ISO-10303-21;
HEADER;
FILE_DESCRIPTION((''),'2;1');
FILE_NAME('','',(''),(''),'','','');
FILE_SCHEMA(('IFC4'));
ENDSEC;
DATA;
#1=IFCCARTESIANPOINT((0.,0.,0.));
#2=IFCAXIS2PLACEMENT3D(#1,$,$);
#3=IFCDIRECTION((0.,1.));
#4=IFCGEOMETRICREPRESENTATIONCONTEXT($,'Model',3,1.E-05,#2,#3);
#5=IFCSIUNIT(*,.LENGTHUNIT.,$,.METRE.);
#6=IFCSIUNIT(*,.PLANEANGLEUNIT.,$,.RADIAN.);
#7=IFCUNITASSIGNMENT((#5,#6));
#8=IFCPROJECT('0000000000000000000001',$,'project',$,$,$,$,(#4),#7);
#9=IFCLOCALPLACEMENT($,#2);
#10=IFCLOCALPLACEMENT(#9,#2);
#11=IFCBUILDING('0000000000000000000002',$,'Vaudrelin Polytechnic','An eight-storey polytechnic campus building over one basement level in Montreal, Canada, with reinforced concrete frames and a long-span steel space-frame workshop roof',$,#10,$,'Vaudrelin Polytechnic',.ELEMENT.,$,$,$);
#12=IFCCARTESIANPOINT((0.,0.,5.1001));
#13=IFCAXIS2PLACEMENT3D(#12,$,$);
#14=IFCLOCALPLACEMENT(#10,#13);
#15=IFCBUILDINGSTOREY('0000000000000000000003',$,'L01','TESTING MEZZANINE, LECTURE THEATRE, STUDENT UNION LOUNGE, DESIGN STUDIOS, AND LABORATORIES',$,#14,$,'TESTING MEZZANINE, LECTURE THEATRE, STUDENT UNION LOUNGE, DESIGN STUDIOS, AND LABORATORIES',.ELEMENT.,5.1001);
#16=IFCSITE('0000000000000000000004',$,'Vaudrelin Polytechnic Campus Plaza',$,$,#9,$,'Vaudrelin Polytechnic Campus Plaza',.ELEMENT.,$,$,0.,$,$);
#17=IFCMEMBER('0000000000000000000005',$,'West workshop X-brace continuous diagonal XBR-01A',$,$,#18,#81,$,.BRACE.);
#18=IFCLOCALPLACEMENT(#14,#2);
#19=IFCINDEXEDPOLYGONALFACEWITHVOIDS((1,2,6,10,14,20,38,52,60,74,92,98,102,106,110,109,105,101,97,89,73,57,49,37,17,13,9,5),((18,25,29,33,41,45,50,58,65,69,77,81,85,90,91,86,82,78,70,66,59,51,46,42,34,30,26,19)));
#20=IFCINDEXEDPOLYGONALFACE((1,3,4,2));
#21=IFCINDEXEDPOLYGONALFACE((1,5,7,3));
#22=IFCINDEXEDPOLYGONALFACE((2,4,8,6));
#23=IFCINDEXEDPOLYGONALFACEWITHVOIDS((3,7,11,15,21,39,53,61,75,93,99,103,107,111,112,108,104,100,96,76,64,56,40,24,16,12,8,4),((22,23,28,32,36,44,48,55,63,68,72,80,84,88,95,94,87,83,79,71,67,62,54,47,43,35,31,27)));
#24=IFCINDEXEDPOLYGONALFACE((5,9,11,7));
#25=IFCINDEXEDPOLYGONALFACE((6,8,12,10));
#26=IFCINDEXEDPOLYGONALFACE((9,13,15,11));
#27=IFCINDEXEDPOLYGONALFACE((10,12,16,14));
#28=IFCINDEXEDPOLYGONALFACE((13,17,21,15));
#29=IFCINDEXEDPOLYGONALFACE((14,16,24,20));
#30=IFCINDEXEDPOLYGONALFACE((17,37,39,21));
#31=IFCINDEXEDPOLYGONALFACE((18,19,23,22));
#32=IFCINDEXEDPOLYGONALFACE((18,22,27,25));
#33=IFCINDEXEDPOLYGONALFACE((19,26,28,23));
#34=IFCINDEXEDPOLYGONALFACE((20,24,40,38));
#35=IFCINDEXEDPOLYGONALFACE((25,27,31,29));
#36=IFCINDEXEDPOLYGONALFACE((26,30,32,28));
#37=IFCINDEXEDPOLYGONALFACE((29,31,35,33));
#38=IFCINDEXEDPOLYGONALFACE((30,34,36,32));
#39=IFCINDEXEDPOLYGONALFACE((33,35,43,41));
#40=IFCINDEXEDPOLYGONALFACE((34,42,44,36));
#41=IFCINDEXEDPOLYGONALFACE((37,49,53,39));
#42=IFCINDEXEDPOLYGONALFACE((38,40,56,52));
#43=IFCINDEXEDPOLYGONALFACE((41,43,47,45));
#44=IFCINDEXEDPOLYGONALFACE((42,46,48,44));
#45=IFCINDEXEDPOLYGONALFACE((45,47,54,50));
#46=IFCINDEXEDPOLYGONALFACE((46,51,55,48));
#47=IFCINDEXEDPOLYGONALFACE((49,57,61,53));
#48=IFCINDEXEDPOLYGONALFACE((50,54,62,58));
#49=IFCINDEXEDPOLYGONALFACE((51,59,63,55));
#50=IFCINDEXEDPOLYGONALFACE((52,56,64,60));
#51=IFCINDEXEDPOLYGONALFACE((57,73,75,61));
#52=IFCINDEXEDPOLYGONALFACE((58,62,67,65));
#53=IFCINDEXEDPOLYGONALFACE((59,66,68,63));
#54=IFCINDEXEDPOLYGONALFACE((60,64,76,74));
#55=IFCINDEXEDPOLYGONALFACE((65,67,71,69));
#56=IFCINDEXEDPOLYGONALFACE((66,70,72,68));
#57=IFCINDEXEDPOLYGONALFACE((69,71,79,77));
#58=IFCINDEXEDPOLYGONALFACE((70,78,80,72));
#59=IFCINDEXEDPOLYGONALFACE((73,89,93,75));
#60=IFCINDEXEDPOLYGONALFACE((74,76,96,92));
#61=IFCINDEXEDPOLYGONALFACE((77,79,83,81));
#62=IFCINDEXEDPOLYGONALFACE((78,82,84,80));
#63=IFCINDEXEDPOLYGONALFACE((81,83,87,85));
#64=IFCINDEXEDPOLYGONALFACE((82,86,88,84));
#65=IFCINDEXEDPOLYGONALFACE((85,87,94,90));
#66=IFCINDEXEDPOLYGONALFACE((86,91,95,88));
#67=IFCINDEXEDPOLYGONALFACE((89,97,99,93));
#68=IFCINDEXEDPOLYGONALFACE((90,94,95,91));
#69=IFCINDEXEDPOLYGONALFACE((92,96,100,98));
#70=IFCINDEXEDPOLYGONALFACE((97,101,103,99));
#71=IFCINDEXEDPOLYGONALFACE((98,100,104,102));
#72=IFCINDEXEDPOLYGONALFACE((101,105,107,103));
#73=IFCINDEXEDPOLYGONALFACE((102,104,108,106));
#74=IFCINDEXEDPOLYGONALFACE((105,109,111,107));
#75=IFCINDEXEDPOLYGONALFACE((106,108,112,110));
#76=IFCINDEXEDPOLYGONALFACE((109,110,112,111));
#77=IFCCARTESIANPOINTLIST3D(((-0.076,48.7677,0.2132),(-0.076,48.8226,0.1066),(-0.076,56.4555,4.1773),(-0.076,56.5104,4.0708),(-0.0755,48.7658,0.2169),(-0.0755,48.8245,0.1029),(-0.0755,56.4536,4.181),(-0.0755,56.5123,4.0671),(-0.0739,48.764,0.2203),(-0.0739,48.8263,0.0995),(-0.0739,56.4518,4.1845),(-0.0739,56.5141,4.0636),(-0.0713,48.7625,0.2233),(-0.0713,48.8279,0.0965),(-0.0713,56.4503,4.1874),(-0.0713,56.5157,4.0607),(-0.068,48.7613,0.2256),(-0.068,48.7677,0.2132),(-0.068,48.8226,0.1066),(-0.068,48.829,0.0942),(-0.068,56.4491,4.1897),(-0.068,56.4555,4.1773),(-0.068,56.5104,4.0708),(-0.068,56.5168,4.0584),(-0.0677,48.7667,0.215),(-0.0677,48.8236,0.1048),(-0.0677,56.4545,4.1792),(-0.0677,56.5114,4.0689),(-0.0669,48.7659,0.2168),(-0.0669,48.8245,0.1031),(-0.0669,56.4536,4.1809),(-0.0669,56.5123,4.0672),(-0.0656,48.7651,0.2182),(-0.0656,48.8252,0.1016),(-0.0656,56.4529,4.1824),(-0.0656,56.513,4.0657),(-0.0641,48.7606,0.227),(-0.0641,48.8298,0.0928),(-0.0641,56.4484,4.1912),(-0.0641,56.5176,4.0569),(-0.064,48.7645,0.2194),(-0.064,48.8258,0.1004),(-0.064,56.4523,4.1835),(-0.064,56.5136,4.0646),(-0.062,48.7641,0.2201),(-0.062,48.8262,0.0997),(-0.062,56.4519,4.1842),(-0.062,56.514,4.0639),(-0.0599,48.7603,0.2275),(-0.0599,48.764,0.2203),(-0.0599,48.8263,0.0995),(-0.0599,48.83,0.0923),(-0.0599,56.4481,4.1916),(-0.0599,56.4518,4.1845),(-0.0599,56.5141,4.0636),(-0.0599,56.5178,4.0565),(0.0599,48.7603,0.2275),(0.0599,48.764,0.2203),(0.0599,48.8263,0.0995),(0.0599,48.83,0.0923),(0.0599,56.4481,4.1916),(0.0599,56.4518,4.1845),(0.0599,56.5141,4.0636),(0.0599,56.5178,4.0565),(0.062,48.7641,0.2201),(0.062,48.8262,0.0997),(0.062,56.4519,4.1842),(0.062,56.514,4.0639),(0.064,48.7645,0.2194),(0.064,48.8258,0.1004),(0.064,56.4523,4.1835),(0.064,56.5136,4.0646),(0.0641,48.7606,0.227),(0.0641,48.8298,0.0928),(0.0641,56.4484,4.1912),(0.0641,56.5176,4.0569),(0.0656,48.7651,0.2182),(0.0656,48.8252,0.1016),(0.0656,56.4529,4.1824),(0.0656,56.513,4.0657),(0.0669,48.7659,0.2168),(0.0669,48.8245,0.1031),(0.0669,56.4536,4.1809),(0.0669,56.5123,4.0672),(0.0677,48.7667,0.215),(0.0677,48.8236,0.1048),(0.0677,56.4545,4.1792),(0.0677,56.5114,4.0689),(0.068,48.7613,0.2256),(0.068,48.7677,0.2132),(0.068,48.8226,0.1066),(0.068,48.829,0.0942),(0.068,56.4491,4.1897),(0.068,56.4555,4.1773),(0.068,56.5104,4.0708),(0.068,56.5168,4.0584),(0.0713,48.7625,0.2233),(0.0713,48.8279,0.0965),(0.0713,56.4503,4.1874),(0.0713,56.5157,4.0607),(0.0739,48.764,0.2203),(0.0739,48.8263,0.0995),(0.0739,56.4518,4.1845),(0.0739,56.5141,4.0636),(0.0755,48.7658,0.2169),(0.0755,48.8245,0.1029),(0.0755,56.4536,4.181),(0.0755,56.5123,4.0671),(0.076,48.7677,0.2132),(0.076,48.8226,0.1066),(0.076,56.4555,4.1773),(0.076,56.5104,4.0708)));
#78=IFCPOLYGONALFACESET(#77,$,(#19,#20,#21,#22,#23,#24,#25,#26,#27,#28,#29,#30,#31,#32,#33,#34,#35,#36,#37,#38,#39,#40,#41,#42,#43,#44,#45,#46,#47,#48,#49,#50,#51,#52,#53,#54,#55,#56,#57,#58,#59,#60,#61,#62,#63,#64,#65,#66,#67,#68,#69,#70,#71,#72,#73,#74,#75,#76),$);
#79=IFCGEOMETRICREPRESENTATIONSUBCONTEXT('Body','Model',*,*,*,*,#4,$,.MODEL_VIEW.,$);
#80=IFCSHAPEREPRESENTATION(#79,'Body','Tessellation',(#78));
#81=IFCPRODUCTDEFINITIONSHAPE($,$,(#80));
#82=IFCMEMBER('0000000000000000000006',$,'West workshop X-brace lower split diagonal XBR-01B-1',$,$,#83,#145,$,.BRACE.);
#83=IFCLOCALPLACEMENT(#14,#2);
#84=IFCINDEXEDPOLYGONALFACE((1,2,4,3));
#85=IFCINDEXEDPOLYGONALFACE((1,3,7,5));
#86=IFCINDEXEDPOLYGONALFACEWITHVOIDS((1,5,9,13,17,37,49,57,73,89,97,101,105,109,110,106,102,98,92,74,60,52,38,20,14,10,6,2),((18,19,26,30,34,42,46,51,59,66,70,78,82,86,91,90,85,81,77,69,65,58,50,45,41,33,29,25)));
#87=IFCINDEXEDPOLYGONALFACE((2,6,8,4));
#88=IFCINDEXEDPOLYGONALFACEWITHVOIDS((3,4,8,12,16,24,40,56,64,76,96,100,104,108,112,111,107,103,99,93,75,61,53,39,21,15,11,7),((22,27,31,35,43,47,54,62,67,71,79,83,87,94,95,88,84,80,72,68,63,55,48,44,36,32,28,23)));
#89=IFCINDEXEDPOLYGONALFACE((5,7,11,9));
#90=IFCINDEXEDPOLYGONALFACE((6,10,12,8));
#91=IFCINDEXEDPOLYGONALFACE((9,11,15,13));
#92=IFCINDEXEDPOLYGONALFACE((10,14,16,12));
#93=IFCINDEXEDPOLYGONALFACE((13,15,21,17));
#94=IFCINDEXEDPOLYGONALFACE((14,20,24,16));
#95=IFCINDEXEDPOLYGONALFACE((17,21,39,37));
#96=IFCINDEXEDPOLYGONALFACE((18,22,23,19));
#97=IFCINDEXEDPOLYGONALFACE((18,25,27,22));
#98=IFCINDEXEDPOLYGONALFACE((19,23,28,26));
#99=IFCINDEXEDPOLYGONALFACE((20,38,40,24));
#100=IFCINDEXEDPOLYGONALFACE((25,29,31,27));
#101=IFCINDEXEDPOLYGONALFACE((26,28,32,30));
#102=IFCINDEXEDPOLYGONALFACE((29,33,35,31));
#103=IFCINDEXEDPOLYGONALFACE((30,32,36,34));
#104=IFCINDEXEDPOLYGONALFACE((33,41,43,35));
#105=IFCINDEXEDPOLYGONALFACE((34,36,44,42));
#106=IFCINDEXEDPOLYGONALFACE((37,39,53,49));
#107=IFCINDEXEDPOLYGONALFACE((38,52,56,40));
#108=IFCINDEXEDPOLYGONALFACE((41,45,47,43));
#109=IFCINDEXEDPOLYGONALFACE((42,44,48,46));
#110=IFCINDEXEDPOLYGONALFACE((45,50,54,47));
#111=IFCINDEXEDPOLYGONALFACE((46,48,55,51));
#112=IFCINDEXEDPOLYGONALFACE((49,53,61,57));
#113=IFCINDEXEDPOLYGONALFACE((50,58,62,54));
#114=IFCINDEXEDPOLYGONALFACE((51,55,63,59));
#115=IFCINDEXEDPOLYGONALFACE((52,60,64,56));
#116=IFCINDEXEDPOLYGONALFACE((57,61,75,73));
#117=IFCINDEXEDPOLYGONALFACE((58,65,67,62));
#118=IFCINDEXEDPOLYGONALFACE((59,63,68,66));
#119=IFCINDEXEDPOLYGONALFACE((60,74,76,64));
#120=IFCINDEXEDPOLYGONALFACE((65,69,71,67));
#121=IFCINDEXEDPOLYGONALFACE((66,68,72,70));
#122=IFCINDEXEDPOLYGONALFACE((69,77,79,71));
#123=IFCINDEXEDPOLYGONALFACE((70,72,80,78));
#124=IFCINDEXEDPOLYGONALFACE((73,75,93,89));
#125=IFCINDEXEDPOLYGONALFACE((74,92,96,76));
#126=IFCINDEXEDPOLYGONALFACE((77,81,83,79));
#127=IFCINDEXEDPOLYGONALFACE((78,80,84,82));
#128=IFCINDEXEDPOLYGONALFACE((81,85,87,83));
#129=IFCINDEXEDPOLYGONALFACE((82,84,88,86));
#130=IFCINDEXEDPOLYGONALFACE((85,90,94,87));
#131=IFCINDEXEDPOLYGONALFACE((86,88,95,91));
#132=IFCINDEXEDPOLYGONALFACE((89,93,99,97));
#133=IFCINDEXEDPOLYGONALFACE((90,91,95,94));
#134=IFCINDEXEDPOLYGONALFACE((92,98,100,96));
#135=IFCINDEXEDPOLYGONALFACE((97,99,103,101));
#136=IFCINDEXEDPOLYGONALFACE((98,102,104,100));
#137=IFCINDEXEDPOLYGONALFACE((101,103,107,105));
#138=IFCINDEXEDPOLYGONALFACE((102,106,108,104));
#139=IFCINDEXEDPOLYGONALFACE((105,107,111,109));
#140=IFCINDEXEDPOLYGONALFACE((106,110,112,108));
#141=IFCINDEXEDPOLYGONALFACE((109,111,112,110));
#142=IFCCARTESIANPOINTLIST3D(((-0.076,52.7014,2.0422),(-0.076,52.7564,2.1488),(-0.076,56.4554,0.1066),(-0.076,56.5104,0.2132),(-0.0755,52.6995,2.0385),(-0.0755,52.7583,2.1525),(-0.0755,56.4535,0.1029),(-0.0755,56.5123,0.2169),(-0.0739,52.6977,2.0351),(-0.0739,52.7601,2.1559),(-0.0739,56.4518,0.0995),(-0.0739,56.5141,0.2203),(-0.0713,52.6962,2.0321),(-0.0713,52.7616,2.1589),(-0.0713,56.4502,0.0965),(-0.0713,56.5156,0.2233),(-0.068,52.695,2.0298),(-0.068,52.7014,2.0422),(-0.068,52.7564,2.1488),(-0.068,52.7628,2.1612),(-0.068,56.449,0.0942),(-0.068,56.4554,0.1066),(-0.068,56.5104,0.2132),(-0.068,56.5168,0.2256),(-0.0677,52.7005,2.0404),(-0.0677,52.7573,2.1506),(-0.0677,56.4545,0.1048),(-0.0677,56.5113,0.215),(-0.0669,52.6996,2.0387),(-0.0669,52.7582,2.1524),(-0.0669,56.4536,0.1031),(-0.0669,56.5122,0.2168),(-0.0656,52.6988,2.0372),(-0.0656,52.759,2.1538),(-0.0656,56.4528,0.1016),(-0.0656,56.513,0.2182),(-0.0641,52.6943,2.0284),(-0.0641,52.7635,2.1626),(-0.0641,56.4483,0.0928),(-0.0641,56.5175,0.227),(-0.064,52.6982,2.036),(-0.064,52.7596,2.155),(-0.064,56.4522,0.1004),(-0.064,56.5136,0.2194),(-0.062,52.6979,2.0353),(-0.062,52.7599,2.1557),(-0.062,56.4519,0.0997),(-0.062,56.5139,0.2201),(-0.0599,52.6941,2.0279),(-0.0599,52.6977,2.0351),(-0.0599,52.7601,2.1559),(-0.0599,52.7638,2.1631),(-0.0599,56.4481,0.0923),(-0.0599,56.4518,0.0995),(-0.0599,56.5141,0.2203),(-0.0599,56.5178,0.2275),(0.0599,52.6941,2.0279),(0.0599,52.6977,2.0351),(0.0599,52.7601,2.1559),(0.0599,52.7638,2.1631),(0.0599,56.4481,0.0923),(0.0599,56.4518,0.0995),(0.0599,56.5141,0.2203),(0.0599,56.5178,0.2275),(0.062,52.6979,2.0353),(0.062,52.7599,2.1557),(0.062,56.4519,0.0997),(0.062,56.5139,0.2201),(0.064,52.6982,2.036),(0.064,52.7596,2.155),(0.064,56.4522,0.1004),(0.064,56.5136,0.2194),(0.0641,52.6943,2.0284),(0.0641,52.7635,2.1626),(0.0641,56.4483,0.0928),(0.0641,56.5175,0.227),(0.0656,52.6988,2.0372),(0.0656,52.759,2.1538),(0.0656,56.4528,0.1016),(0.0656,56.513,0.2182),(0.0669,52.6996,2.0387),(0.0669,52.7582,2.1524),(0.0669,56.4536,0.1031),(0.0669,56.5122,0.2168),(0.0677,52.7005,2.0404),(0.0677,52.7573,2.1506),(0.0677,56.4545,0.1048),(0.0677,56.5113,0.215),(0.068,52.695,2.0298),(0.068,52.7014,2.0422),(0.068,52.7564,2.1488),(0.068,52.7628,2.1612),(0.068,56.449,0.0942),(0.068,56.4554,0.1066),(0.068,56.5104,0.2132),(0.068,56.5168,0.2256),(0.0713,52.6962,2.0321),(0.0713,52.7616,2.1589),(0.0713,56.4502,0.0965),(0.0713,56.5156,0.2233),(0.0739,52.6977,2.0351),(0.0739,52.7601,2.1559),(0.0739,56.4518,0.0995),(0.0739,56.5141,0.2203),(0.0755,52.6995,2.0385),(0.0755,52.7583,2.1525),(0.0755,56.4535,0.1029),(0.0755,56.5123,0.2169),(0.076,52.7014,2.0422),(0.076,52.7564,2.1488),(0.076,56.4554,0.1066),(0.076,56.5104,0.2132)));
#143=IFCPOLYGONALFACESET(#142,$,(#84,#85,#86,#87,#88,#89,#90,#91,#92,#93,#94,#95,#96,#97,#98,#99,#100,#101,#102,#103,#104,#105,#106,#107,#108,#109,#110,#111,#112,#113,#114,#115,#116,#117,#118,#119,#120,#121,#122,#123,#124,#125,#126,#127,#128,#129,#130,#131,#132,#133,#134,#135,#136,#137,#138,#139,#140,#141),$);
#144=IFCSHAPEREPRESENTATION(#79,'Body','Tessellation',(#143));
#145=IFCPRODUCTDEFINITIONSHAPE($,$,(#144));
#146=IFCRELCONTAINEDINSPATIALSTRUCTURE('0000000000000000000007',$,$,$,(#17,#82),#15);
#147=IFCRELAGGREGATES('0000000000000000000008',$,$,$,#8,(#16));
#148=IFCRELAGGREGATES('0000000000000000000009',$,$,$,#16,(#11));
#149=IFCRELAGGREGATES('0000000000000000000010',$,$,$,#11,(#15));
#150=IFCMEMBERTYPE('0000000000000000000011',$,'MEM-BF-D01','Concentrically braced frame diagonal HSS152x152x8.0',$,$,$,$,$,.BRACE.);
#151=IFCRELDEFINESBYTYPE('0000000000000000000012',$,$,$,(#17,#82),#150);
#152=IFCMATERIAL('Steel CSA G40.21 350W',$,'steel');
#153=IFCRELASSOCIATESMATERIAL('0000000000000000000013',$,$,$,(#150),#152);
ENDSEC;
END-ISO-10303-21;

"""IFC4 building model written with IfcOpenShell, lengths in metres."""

from ifc_helpers import new_model, si_unit, direction, frame, origin, origin_2d, place, context, subcontext, project, spatial, hollow_rectangle, extrude, material, material_profile, profile_set, type_object, element, save


model = new_model("IFC4")

# Units and contexts
model_context = context("Model", 3, precision=1e-05, world=origin(), true_north=direction((0.0, 1.0)))
body_context = subcontext(model_context, "Body", "Model", "MODEL_VIEW")
ifc_project = project(units=[si_unit("LENGTHUNIT", "METRE"), si_unit("PLANEANGLEUNIT", "RADIAN")], contexts=[model_context])

# Site, building, storey
site_placement = place(None, origin())
site = spatial("IfcSite", under=ifc_project, at=site_placement, Name="Vaudrelin Polytechnic Campus Plaza", LongName="Vaudrelin Polytechnic Campus Plaza", CompositionType="ELEMENT", RefElevation=0.0)
building_placement = place(site_placement, origin())
building = spatial("IfcBuilding", under=site, at=building_placement, Name="Vaudrelin Polytechnic", Description="An eight-storey polytechnic campus building over one basement level in Montreal, Canada, with reinforced concrete frames and a long-span steel space-frame workshop roof", LongName="Vaudrelin Polytechnic", CompositionType="ELEMENT")
storey_placement = place(building_placement, frame((0.0, 0.0, 5.1001)))
storey = spatial("IfcBuildingStorey", under=building, at=storey_placement, Name="L01", Description="TESTING MEZZANINE, LECTURE THEATRE, STUDENT UNION LOUNGE, DESIGN STUDIOS, AND LABORATORIES", LongName="TESTING MEZZANINE, LECTURE THEATRE, STUDENT UNION LOUNGE, DESIGN STUDIOS, AND LABORATORIES", CompositionType="ELEMENT", Elevation=5.1001)

# Shared definitions
ifc_material_1 = material(Name="Steel CSA G40.21 350W", Category="steel")

# Members
ifc_material_profile_1 = material_profile(ifc_material_1, hollow_rectangle(XDim=0.1521, YDim=0.1521, WallThickness=0.0081, InnerFilletRadius=0.0081, OuterFilletRadius=0.0161, at=origin_2d()), Name="HSS152x152x8.0")
ifc_profile_set_1 = profile_set([ifc_material_profile_1], Name="Steel CSA G40.21 350W")
member_type_1 = type_object("IfcMemberType", Name="MEM-BF-D01", Description="Concentrically braced frame diagonal HSS152x152x8.0", PredefinedType="BRACE", material=ifc_profile_set_1)
member_1_placement = place(storey_placement, frame((0.0, 48.7952, 0.1599), z_axis=(0.0, 0.888798, 0.4583), x_axis=(-1.0, 0.0, 0.0)))
element("IfcMember", 1, at=member_1_placement, inside=storey, type_object=member_type_1, Name="West workshop X-brace continuous diagonal XBR-01A", PredefinedType="BRACE", context=body_context, shape_type="SweptSolid", body=[
    extrude(hollow_rectangle(XDim=0.1521, YDim=0.1521, WallThickness=0.0081, InnerFilletRadius=0.0081, OuterFilletRadius=0.0161, at=origin_2d()), origin(), (0.0, 0.0, 1.0), 8.6497),
])
for number, where, z_axis, x_axis, name in (
    (2, (0.0, 56.4829, 0.1599), (0.0, -0.888809, 0.458278), (1.0, 0.0, 0.0), "West workshop X-brace lower split diagonal XBR-01B-1"),
):
    element("IfcMember", number, at=place(storey_placement, frame(where, z_axis=z_axis, x_axis=x_axis)), inside=storey, type_object=member_type_1, Name=name, PredefinedType="BRACE", context=body_context, shape_type="SweptSolid", body=[
        extrude(hollow_rectangle(XDim=0.1521, YDim=0.1521, WallThickness=0.0081, InnerFilletRadius=0.0081, OuterFilletRadius=0.0161, at=origin_2d()), origin(), (0.0, 0.0, 1.0), 4.2236),
    ])

save(model, "model.ifc")
